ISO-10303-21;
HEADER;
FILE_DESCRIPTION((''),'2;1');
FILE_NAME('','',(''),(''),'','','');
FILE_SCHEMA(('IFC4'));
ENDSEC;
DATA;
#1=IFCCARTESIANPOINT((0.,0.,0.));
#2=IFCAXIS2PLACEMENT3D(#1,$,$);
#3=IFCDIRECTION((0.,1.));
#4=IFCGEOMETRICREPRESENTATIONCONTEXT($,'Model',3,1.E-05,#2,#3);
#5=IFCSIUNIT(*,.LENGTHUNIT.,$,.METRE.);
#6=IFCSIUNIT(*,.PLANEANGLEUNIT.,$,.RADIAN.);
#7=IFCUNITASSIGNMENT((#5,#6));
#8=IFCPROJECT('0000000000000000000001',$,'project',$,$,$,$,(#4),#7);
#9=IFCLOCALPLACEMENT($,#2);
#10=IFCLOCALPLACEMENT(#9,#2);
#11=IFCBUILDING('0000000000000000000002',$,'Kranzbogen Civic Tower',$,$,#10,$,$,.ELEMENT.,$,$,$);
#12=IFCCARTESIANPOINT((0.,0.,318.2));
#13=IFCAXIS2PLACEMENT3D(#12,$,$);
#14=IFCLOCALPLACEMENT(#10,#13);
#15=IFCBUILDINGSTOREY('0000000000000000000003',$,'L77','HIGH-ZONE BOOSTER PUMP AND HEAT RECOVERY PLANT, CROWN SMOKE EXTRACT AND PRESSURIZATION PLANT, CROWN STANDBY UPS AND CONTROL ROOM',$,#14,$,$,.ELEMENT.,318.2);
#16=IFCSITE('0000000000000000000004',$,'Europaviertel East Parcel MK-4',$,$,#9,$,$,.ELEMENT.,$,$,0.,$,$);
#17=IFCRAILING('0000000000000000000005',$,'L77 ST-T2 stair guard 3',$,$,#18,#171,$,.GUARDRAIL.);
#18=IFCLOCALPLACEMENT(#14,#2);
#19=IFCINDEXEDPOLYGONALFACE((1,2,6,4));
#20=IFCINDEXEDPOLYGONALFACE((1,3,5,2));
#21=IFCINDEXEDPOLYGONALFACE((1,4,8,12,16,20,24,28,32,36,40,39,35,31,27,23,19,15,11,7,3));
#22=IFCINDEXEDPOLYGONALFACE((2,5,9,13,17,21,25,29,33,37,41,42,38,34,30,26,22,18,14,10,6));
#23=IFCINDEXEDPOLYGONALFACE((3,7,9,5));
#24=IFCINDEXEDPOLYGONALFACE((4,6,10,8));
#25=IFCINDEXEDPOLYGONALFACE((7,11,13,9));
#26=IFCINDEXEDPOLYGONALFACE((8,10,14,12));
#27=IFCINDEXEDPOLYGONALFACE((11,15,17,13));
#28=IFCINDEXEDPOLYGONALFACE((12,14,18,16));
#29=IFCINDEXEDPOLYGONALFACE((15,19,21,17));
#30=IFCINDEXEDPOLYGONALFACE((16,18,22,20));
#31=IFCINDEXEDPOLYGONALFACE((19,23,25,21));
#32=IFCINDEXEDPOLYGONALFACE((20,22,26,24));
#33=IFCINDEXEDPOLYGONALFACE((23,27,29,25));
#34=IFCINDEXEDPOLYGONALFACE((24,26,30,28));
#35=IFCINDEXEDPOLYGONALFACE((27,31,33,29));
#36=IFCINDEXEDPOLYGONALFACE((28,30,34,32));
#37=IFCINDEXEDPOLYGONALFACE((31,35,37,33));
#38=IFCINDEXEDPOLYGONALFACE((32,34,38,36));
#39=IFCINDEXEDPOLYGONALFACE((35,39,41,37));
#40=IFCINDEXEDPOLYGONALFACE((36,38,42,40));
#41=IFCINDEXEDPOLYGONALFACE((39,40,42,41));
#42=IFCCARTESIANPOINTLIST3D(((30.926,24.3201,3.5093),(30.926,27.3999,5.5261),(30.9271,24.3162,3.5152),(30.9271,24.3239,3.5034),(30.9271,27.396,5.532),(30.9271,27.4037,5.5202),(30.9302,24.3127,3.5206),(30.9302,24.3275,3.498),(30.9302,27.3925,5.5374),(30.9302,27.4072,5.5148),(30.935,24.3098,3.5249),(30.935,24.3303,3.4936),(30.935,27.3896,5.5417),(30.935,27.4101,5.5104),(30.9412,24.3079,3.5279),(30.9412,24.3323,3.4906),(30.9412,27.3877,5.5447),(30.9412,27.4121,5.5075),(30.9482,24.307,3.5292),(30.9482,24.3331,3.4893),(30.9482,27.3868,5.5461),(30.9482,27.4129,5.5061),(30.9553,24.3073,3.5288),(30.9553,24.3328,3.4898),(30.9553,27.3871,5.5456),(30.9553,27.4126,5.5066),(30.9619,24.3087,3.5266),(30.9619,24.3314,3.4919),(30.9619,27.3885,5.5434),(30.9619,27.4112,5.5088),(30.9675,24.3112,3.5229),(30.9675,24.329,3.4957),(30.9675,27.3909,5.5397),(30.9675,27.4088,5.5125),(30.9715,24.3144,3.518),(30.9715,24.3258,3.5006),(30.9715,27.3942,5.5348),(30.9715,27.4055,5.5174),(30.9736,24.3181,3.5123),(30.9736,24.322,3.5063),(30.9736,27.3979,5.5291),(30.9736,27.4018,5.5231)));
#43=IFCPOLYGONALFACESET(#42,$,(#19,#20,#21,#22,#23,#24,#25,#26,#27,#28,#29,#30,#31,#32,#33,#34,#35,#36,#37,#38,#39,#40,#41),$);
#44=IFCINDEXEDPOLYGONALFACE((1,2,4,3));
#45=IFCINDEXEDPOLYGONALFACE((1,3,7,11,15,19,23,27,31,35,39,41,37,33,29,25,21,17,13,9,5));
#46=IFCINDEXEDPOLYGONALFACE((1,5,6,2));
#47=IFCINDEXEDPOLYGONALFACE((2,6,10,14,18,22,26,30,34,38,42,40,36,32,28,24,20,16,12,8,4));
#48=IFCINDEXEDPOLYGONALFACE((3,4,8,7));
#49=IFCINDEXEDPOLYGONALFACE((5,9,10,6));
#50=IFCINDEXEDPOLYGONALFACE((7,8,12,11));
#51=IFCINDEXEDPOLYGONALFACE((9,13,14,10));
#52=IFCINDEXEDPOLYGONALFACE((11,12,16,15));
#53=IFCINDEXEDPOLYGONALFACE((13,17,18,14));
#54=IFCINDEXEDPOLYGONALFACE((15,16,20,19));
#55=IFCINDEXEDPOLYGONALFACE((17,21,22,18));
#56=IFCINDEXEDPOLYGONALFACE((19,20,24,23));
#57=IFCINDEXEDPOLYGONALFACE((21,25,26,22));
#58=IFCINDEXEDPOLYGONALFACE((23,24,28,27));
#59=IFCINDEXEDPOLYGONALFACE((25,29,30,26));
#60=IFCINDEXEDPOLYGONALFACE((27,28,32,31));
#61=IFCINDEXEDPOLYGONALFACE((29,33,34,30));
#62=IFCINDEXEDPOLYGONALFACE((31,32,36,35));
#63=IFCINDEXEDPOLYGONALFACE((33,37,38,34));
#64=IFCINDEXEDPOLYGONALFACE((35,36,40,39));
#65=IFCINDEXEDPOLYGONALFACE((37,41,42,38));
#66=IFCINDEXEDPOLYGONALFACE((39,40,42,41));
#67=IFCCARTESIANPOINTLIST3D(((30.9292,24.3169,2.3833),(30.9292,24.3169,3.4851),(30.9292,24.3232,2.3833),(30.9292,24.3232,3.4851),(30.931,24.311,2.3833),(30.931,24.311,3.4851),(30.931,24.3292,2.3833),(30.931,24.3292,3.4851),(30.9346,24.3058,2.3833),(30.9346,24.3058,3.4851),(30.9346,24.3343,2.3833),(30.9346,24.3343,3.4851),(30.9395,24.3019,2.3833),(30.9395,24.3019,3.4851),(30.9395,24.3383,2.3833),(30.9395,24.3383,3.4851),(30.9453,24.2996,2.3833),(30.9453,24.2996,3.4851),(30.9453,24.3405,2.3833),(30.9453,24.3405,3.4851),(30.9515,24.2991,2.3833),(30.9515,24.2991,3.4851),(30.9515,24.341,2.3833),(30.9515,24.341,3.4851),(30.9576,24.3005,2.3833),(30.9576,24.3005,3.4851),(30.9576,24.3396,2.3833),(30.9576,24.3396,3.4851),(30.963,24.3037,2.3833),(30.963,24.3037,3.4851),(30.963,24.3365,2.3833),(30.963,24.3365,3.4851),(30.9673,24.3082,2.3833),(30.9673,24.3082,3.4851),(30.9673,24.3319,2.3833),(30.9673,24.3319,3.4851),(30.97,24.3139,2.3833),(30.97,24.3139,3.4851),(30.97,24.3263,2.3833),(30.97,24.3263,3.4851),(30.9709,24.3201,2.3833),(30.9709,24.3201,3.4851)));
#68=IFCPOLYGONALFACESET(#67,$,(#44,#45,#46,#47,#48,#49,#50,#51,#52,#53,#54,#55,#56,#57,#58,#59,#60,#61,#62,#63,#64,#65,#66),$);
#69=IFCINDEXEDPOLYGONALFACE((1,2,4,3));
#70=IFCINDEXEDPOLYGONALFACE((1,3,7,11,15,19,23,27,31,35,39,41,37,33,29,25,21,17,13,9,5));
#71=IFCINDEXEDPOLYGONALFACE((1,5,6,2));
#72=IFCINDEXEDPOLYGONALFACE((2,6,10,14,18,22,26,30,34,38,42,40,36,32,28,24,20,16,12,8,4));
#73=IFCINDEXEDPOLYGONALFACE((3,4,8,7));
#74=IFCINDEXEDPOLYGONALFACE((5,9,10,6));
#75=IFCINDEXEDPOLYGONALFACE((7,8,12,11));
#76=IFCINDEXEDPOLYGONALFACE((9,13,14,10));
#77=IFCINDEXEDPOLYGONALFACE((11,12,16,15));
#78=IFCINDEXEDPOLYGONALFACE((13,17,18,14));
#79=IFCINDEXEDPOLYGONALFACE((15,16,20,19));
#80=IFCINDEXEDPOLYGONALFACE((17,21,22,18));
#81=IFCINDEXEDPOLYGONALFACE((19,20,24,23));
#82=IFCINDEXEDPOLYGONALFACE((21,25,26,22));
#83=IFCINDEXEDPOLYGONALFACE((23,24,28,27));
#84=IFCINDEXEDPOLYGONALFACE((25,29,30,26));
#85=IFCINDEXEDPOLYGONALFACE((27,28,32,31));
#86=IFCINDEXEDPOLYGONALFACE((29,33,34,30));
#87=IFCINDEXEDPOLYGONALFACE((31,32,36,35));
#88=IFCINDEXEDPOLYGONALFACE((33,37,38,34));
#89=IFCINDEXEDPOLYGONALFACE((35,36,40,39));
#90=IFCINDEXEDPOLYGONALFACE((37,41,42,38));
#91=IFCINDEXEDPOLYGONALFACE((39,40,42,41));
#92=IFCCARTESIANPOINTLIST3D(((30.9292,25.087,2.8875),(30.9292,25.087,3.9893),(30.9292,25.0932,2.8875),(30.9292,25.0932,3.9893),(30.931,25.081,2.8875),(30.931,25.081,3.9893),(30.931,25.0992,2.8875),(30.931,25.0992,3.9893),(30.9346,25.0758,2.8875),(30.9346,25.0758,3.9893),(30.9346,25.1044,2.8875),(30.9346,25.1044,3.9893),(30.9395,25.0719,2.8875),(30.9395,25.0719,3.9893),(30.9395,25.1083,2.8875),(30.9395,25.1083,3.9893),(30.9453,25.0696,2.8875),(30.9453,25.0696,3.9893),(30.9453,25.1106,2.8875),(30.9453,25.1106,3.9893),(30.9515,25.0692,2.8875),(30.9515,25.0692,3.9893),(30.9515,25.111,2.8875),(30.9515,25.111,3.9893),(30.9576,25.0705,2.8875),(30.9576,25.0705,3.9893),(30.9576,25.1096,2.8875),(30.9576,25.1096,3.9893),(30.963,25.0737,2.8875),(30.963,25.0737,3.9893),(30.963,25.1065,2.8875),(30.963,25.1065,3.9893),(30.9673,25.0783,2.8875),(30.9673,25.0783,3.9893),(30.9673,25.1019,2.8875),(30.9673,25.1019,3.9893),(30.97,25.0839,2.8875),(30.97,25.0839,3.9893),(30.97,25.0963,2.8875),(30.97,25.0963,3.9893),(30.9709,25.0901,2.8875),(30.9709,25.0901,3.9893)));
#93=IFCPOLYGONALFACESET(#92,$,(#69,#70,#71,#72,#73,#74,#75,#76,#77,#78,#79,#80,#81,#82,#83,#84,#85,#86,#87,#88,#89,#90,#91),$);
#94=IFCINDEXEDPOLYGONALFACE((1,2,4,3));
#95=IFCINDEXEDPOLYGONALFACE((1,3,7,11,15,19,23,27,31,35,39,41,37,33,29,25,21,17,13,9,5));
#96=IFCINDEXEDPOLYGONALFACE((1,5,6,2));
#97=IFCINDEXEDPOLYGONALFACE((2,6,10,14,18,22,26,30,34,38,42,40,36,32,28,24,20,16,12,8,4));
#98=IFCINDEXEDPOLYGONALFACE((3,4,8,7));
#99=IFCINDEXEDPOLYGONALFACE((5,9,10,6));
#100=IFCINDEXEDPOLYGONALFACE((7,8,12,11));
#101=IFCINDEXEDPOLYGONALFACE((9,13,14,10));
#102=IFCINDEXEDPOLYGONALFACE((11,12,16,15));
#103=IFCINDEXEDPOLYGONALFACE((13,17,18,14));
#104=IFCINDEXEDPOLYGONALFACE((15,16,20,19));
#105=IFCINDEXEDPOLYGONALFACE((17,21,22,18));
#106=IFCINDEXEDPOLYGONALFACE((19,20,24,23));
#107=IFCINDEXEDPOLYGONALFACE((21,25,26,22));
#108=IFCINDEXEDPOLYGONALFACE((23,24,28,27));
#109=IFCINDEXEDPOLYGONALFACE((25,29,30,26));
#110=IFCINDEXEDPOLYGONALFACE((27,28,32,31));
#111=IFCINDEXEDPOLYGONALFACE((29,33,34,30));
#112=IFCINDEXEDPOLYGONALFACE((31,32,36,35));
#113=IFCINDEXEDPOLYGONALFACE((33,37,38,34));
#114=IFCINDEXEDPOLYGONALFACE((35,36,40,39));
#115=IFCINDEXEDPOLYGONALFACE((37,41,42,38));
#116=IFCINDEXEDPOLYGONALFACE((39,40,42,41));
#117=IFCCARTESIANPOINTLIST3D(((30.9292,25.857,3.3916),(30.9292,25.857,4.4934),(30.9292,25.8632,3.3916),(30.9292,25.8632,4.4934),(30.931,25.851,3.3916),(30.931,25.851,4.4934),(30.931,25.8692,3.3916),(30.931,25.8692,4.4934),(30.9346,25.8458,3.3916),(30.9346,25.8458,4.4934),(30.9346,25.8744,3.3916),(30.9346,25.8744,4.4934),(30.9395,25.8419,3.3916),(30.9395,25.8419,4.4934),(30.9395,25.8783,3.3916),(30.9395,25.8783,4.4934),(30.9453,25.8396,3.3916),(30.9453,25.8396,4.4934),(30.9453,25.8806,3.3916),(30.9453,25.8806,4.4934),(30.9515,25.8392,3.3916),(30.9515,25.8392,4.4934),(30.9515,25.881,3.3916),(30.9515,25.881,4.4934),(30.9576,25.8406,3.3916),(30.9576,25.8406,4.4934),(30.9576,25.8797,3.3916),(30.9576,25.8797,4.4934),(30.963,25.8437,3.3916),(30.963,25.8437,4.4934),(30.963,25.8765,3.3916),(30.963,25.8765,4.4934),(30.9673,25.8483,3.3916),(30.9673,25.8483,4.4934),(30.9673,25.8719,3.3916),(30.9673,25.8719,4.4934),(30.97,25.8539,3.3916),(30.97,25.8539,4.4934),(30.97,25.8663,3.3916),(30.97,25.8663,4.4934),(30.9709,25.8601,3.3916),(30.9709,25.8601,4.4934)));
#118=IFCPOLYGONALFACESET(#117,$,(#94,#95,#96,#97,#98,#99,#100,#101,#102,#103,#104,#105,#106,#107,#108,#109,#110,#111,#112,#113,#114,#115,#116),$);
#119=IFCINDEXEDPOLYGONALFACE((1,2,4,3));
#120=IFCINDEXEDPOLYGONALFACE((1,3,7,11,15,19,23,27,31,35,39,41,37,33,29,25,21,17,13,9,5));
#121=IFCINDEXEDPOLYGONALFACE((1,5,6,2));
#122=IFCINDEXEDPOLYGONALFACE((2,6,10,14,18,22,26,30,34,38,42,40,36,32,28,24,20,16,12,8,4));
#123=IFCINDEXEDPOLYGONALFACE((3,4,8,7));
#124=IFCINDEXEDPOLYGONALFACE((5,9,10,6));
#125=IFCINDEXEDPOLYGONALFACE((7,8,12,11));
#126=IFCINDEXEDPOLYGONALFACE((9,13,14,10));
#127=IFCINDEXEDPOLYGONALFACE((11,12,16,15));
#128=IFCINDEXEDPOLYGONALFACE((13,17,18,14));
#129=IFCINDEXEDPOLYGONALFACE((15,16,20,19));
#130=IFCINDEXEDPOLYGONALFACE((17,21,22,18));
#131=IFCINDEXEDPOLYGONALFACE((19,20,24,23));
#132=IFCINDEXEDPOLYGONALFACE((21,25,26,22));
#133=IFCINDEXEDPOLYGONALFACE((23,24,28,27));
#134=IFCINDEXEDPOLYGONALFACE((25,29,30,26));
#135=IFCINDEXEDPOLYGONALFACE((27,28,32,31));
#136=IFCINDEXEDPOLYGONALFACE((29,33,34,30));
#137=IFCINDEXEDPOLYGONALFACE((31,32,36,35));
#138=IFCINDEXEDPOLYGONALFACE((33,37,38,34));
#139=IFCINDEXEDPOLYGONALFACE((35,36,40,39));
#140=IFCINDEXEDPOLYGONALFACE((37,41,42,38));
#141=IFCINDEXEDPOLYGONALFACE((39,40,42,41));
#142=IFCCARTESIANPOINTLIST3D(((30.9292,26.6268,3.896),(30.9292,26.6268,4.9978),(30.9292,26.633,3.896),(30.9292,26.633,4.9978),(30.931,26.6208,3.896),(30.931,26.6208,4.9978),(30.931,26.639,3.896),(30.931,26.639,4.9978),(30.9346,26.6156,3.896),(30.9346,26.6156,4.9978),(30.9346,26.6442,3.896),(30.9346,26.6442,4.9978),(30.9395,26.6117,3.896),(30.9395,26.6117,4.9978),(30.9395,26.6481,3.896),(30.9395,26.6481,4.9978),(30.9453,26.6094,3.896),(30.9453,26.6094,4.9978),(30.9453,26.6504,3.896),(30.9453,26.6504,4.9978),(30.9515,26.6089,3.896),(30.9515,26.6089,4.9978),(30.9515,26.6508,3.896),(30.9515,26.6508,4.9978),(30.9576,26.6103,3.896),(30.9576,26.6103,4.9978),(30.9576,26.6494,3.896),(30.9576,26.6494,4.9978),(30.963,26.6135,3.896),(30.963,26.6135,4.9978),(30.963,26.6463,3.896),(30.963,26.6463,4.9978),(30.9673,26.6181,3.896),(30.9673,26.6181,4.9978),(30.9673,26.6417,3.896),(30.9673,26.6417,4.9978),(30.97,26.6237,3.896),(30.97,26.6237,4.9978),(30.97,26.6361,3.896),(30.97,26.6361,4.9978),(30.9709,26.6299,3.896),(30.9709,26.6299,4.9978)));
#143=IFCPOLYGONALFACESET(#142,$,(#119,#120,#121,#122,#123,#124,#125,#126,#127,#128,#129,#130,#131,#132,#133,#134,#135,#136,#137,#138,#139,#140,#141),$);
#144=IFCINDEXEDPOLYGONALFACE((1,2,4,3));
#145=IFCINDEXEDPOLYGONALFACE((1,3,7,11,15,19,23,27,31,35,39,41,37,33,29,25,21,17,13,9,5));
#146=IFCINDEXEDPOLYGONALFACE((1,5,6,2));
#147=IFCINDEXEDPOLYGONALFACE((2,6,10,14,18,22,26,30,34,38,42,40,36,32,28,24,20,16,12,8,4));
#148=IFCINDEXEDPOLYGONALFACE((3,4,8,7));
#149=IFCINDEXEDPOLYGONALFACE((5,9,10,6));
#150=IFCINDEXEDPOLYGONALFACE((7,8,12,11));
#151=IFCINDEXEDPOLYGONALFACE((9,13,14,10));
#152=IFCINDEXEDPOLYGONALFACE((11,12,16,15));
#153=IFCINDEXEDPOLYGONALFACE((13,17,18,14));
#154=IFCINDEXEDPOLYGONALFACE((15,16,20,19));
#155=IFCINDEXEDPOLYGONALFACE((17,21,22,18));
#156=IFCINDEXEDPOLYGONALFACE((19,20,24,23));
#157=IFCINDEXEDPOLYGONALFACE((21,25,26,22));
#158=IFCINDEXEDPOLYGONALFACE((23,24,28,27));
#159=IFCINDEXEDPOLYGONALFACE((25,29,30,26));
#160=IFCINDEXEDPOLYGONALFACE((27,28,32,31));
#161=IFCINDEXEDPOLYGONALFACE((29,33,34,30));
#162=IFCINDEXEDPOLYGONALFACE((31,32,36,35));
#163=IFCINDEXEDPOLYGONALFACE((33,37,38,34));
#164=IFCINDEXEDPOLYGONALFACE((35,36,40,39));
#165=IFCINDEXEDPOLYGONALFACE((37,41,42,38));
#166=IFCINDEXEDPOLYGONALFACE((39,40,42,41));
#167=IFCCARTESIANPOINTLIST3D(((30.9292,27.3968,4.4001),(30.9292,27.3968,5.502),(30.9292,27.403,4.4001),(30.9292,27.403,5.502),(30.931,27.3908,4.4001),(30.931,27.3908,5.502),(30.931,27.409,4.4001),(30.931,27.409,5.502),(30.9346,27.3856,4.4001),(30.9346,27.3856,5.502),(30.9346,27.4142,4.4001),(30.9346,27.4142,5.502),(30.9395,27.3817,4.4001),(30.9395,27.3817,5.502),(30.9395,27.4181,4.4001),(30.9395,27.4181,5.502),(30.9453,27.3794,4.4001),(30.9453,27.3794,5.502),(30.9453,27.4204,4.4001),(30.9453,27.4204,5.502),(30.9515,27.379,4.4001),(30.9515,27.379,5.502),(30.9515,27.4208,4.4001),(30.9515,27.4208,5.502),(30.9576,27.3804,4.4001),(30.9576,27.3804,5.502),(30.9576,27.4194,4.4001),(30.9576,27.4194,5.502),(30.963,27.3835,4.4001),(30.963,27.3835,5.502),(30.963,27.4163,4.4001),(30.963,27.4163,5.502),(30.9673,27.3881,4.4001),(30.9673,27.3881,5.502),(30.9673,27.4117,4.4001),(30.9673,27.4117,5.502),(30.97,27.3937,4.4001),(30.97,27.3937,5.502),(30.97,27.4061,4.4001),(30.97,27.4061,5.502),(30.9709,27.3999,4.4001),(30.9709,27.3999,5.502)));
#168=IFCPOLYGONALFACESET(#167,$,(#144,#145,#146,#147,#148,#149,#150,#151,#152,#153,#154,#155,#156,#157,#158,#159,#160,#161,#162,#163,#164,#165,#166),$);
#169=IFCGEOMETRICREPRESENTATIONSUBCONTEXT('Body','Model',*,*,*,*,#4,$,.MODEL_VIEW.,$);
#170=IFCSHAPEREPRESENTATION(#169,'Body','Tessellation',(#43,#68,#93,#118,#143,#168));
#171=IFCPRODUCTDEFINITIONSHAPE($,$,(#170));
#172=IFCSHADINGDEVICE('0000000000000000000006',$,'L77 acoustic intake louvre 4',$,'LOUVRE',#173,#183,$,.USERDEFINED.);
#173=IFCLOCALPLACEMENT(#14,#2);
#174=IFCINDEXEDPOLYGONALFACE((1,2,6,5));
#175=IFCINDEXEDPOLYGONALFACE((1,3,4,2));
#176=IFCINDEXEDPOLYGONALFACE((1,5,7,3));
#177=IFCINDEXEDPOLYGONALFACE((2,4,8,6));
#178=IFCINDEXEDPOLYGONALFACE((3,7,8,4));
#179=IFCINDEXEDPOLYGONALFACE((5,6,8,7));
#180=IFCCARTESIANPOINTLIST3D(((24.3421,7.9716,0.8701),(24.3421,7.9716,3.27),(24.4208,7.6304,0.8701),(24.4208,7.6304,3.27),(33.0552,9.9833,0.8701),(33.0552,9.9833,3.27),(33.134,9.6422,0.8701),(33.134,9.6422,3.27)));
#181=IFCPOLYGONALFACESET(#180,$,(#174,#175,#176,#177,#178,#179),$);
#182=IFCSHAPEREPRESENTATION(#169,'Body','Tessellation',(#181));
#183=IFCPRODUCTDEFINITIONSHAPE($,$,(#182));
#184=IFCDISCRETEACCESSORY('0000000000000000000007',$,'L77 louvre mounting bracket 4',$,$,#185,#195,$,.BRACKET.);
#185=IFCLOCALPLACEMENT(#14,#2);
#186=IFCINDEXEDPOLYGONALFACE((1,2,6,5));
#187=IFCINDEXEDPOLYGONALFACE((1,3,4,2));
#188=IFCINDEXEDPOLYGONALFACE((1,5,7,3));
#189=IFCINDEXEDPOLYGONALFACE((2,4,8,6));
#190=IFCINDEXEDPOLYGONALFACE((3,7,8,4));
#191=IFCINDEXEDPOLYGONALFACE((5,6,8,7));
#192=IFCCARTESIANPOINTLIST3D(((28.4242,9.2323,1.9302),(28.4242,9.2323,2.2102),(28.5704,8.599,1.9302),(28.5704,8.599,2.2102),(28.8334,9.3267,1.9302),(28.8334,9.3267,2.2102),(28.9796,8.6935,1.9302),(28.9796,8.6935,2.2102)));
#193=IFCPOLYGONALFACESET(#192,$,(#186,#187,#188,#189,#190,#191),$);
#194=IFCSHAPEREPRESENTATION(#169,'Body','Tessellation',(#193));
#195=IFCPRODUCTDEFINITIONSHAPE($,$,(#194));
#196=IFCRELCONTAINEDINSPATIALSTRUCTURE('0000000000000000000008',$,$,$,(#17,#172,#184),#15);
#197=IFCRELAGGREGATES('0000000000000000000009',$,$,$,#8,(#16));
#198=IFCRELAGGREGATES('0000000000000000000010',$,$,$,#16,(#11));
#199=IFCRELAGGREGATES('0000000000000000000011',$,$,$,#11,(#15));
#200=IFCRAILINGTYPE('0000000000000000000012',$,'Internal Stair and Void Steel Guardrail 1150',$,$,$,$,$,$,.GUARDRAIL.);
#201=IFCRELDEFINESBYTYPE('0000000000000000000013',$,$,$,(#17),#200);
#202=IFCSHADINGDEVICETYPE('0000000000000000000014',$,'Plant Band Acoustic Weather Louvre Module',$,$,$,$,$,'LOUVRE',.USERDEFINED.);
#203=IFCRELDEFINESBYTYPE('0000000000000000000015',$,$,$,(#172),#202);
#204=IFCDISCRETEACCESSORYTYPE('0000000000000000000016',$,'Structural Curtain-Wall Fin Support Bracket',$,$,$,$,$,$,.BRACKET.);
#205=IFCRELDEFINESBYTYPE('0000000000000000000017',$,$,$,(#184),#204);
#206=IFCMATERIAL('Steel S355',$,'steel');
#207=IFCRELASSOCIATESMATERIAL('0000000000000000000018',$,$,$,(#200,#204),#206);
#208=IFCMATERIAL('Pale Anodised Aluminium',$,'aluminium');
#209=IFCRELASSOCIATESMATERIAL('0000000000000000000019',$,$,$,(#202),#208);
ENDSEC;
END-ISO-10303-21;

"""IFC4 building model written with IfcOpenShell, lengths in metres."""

from ifc_helpers import new_model, si_unit, direction, frame, origin, origin_2d, place, context, subcontext, project, spatial, rectangle, circle, extrude, material, type_object, element, save


model = new_model("IFC4")

# Units and contexts
model_context = context("Model", 3, precision=1e-05, world=origin(), true_north=direction((0.0, 1.0)))
body_context = subcontext(model_context, "Body", "Model", "MODEL_VIEW")
ifc_project = project(units=[si_unit("LENGTHUNIT", "METRE"), si_unit("PLANEANGLEUNIT", "RADIAN")], contexts=[model_context])

# Site, building, storey
site_placement = place(None, origin())
site = spatial("IfcSite", under=ifc_project, at=site_placement, Name="Europaviertel East Parcel MK-4", CompositionType="ELEMENT", RefElevation=0.0)
building_placement = place(site_placement, origin())
building = spatial("IfcBuilding", under=site, at=building_placement, Name="Kranzbogen Civic Tower", CompositionType="ELEMENT")
storey_placement = place(building_placement, frame((0.0, 0.0, 318.2)))
storey = spatial("IfcBuildingStorey", under=building, at=storey_placement, Name="L77", Description="HIGH-ZONE BOOSTER PUMP AND HEAT RECOVERY PLANT, CROWN SMOKE EXTRACT AND PRESSURIZATION PLANT, CROWN STANDBY UPS AND CONTROL ROOM", CompositionType="ELEMENT", Elevation=318.2)

# Shared definitions
ifc_material_1 = material(Name="Steel S355", Category="steel")

# Railing
railing_type = type_object("IfcRailingType", Name="Internal Stair and Void Steel Guardrail 1150", PredefinedType="GUARDRAIL", material=ifc_material_1)
railing_1_placement = place(storey_placement, frame((30.95, 24.3201, 2.3833)))
element("IfcRailing", 1, at=railing_1_placement, inside=storey, type_object=railing_type, Name="L77 ST-T2 stair guard 3", PredefinedType="GUARDRAIL", context=body_context, shape_type="SweptSolid", body=[
    extrude(circle(Radius=0.0239, at=origin_2d()), frame((0.0, 0.0, 1.126), z_axis=(0.0, 0.836583, 0.547841), x_axis=(-1.0, 0.0, 0.0)), (0.0, 0.0, 1.0), 3.6814),
    extrude(circle(Radius=0.021, at=origin_2d()), origin(), (0.0, 0.0, 1.0), 1.1018),
    extrude(circle(Radius=0.021, at=origin_2d()), frame((0.0, 0.77, 0.5042)), (0.0, 0.0, 1.0), 1.1018),
    extrude(circle(Radius=0.021, at=origin_2d()), frame((0.0, 1.54, 1.0083)), (0.0, 0.0, 1.0), 1.1018),
    extrude(circle(Radius=0.021, at=origin_2d()), frame((0.0, 2.3098, 1.5127)), (0.0, 0.0, 1.0), 1.1018),
    extrude(circle(Radius=0.021, at=origin_2d()), frame((0.0, 3.0798, 2.0168)), (0.0, 0.0, 1.0), 1.1018),
])

# Shading device
ifc_material_2 = material(Name="Pale Anodised Aluminium", Category="aluminium")
shading_device_type = type_object("IfcShadingDeviceType", Name="Plant Band Acoustic Weather Louvre Module", ElementType="LOUVRE", PredefinedType="USERDEFINED", material=ifc_material_2)
shading_device_placement = place(storey_placement, frame((28.738, 8.8069, 0.8701), z_axis=(0.0, 0.0, 1.0), x_axis=(0.974366, 0.224968, 0.0)))
element("IfcShadingDevice", 2, at=shading_device_placement, inside=storey, type_object=shading_device_type, Name="L77 acoustic intake louvre 4", ObjectType="LOUVRE", PredefinedType="USERDEFINED", context=body_context, shape_type="SweptSolid", body=[
    extrude(rectangle(XDim=8.9424, YDim=0.3501, at=origin_2d()), origin(), (0.0, 0.0, 1.0), 2.3999),
])

# Discrete accessory
discrete_accessory_type = type_object("IfcDiscreteAccessoryType", Name="Structural Curtain-Wall Fin Support Bracket", PredefinedType="BRACKET", material=ifc_material_1)
discrete_accessory_placement = place(storey_placement, frame((28.7019, 8.9629, 1.9302), z_axis=(0.0, 0.0, 1.0), x_axis=(0.224951, -0.97437, 0.0)))
element("IfcDiscreteAccessory", 3, at=discrete_accessory_placement, inside=storey, type_object=discrete_accessory_type, Name="L77 louvre mounting bracket 4", PredefinedType="BRACKET", context=body_context, shape_type="SweptSolid", body=[
    extrude(rectangle(XDim=0.6499, YDim=0.4199, at=origin_2d()), origin(), (0.0, 0.0, 1.0), 0.28),
])

save(model, "model.ifc")
